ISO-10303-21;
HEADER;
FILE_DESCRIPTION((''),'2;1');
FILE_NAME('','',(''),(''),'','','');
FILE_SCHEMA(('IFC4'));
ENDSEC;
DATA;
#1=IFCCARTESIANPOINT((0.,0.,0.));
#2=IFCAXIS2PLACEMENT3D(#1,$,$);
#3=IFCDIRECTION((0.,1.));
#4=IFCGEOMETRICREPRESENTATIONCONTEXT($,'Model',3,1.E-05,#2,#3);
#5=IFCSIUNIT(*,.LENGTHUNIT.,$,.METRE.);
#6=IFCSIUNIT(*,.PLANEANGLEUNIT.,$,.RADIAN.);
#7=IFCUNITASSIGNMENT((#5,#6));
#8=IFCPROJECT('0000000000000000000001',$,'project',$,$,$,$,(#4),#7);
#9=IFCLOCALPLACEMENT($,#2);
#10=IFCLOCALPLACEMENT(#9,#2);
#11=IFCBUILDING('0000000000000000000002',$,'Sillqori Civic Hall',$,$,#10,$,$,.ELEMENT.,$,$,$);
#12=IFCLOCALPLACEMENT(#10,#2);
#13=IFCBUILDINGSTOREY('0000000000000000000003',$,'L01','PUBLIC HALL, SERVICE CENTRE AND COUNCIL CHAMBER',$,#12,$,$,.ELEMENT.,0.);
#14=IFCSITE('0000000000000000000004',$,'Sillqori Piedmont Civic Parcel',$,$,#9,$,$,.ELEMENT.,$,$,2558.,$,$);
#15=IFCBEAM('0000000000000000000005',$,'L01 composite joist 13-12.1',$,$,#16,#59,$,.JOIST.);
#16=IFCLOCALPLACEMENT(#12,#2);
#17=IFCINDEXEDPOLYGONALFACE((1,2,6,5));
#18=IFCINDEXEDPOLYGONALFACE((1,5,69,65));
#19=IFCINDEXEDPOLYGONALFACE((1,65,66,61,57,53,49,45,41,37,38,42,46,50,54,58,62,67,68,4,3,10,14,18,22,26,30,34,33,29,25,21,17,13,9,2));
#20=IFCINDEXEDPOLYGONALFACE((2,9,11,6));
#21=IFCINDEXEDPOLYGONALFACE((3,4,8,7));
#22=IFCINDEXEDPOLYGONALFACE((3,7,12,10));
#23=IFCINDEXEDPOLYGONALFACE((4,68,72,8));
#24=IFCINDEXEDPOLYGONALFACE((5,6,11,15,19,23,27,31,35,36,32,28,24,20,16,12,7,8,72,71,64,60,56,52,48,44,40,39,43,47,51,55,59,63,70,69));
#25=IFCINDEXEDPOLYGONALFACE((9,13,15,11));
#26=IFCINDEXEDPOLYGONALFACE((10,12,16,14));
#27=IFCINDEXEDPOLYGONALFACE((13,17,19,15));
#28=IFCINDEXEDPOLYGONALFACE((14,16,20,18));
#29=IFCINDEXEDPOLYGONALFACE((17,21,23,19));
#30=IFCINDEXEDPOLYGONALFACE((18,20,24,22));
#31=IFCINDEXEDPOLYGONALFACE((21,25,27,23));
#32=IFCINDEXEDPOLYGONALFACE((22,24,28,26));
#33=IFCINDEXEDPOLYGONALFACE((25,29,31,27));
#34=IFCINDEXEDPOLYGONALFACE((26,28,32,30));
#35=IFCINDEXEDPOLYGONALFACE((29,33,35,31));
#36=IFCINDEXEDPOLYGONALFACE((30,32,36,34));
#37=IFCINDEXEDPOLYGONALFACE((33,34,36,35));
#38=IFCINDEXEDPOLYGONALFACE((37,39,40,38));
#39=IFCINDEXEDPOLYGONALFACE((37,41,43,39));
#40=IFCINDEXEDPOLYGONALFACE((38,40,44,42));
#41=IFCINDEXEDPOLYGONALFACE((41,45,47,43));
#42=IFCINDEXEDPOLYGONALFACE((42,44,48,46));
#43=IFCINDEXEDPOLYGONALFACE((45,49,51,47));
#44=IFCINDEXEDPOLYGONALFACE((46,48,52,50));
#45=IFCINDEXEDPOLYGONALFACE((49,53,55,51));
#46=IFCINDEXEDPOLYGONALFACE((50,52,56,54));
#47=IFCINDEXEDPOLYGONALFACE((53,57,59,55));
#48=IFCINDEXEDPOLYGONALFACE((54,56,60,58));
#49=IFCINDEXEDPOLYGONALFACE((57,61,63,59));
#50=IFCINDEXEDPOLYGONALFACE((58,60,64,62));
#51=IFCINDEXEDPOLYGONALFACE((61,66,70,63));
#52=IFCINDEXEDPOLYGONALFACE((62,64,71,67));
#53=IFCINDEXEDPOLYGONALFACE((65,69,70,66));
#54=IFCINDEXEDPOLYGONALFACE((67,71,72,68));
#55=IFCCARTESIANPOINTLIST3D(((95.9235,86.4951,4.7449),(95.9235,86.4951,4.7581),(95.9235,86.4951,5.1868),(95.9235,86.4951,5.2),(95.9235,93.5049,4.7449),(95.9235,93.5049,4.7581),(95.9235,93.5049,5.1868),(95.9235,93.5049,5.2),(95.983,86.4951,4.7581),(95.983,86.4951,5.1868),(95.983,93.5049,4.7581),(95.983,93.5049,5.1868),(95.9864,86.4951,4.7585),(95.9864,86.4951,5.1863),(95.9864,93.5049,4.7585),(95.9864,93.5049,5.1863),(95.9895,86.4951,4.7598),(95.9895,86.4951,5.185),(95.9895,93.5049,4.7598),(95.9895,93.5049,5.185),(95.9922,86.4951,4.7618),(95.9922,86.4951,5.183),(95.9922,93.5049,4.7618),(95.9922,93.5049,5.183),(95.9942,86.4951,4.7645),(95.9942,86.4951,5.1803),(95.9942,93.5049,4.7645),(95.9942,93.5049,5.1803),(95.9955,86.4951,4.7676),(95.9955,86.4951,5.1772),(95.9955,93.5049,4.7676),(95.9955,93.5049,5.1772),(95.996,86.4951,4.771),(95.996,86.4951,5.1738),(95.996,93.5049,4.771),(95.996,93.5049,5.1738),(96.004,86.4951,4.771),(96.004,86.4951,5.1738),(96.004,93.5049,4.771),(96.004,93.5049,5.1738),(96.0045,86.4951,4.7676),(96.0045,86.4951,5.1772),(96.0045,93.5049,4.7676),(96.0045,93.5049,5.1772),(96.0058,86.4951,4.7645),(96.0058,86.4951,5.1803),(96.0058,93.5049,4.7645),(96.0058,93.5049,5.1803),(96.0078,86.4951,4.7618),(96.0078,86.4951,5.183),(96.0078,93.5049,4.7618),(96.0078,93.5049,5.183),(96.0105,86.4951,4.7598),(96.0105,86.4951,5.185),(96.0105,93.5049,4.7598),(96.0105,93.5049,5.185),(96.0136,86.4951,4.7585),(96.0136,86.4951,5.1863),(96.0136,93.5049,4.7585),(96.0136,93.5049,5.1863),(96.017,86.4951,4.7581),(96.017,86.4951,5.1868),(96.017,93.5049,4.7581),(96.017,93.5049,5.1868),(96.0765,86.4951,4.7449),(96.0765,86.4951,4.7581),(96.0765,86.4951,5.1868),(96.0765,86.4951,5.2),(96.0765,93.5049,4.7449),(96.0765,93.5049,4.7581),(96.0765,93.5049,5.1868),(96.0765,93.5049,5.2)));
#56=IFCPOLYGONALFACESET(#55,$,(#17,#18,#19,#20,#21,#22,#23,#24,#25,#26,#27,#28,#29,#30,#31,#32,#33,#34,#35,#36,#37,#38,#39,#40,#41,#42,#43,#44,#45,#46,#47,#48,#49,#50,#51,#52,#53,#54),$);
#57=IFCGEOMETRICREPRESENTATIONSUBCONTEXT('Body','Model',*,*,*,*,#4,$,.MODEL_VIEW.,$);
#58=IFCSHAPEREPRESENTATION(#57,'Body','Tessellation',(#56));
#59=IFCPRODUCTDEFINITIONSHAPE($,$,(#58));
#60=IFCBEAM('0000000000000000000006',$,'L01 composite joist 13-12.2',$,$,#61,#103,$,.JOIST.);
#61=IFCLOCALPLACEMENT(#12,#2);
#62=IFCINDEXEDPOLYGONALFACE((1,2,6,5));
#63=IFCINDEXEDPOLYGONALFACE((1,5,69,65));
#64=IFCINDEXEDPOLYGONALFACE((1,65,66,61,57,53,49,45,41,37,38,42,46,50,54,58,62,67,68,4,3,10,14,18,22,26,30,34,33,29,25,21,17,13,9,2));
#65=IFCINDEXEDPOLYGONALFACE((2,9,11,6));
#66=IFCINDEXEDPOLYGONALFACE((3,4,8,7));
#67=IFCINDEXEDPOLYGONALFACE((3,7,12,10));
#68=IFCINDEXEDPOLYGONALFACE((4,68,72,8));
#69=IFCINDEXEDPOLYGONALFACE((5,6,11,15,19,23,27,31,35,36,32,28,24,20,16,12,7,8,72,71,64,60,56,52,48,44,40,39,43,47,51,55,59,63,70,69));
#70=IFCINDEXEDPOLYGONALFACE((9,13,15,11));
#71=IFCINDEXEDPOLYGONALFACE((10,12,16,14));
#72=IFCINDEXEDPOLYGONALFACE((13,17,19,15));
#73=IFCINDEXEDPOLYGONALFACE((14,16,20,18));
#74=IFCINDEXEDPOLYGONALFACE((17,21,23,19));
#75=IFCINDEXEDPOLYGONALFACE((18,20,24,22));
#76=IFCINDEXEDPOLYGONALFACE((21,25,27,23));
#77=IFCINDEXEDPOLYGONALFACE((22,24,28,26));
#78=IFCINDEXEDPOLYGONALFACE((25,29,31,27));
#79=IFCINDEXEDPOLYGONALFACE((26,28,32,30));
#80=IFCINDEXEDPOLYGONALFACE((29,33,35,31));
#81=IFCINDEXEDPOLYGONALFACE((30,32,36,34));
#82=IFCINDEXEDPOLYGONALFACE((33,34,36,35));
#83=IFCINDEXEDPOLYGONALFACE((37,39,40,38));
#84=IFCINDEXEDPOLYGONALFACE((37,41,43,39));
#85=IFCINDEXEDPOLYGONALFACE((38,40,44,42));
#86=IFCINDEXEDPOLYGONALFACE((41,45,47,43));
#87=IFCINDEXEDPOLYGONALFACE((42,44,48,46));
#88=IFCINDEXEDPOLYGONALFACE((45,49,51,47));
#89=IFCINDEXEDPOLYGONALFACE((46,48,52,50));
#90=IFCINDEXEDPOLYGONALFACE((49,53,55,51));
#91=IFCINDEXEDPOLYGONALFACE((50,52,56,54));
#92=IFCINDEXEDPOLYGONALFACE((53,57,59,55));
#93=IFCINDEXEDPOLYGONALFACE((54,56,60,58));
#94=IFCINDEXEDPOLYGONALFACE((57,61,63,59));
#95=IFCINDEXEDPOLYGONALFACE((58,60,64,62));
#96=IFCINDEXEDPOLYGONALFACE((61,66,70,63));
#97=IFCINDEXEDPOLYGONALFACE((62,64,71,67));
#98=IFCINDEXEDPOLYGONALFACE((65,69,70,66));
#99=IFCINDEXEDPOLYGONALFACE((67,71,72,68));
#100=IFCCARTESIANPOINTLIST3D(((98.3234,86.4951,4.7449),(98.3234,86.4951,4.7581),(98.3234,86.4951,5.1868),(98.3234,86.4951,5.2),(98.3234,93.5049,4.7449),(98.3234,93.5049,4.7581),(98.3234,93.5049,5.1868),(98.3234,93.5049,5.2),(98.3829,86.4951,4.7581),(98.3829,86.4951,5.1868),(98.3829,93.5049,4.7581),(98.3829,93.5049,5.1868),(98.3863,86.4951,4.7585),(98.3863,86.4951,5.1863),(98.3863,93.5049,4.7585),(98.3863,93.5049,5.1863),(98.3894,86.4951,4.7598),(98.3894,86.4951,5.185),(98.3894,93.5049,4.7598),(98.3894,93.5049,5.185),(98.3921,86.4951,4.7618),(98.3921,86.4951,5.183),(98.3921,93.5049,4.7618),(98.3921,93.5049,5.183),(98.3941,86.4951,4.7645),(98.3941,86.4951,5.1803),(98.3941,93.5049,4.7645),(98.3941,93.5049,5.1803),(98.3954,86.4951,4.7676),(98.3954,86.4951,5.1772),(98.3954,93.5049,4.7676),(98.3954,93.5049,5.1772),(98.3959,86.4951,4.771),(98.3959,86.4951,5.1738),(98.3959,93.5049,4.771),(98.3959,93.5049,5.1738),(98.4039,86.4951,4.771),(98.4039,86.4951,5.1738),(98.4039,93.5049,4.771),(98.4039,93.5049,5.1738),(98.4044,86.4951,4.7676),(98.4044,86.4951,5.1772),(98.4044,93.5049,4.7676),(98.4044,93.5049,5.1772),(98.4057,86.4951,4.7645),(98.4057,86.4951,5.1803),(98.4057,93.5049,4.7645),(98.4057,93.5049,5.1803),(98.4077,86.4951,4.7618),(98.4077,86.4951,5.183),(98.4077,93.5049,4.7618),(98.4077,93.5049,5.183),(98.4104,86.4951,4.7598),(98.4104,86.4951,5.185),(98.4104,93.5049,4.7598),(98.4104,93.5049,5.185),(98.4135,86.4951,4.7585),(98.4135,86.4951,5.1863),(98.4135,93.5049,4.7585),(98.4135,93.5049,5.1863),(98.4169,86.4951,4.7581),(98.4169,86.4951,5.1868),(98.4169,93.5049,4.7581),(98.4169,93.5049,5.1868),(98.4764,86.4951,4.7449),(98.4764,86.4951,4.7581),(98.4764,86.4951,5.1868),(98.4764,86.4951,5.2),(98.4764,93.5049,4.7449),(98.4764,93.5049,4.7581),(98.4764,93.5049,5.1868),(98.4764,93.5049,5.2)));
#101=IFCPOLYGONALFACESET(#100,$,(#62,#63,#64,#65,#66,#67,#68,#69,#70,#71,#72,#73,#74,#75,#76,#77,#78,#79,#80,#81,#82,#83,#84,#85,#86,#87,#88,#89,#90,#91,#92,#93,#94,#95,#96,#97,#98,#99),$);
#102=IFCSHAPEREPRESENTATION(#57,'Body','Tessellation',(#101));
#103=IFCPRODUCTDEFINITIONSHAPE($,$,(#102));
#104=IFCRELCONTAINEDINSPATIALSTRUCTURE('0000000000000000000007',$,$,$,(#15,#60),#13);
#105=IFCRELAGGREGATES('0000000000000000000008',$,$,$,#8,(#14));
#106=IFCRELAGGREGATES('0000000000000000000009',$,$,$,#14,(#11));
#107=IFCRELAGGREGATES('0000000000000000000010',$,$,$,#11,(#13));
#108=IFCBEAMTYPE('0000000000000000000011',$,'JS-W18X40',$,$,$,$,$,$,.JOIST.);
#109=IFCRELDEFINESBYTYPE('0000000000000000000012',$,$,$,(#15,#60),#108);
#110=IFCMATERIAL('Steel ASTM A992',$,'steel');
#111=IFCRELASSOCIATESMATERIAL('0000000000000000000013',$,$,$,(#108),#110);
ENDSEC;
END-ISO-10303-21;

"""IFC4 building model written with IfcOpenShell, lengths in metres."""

from ifc_helpers import new_model, si_unit, direction, frame, origin, origin_2d, place, context, subcontext, project, spatial, i_section, extrude, material, material_profile, profile_set, type_object, element, save


model = new_model("IFC4")

# Units and contexts
model_context = context("Model", 3, precision=1e-05, world=origin(), true_north=direction((0.0, 1.0)))
body_context = subcontext(model_context, "Body", "Model", "MODEL_VIEW")
ifc_project = project(units=[si_unit("LENGTHUNIT", "METRE"), si_unit("PLANEANGLEUNIT", "RADIAN")], contexts=[model_context])

# Site, building, storey
site_placement = place(None, origin())
site = spatial("IfcSite", under=ifc_project, at=site_placement, Name="Sillqori Piedmont Civic Parcel", CompositionType="ELEMENT", RefElevation=2558.0)
building_placement = place(site_placement, origin())
building = spatial("IfcBuilding", under=site, at=building_placement, Name="Sillqori Civic Hall", CompositionType="ELEMENT")
storey_placement = place(building_placement, origin())
storey = spatial("IfcBuildingStorey", under=building, at=storey_placement, Name="L01", Description="PUBLIC HALL, SERVICE CENTRE AND COUNCIL CHAMBER", CompositionType="ELEMENT", Elevation=0.0)

# Shared definitions
ifc_material_1 = material(Name="Steel ASTM A992", Category="steel")

# Beams
ifc_material_profile_1 = material_profile(ifc_material_1, i_section(OverallWidth=0.1531, OverallDepth=0.4551, WebThickness=0.0081, FlangeThickness=0.0132, FilletRadius=0.0129, at=origin_2d()), Name="W18X40")
ifc_profile_set_1 = profile_set([ifc_material_profile_1], Name="Steel ASTM A992")
beam_type_1 = type_object("IfcBeamType", Name="JS-W18X40", PredefinedType="JOIST", material=ifc_profile_set_1)
for number, where, z_axis, x_axis, name in (
    (1, (96.0, 86.4951, 4.9724), (0.0, 1.0, 0.0), (-1.0, 0.0, 0.0), "L01 composite joist 13-12.1"),
    (2, (98.3999, 86.4951, 4.9724), (0.0, 1.0, 0.0), (-1.0, 0.0, 0.0), "L01 composite joist 13-12.2"),
):
    element("IfcBeam", number, at=place(storey_placement, frame(where, z_axis=z_axis, x_axis=x_axis)), inside=storey, type_object=beam_type_1, Name=name, PredefinedType="JOIST", context=body_context, shape_type="SweptSolid", body=[
        extrude(i_section(OverallWidth=0.1531, OverallDepth=0.4551, WebThickness=0.0081, FlangeThickness=0.0132, FilletRadius=0.0129, at=origin_2d()), origin(), (0.0, 0.0, 1.0), 7.0098),
    ])

save(model, "model.ifc")
